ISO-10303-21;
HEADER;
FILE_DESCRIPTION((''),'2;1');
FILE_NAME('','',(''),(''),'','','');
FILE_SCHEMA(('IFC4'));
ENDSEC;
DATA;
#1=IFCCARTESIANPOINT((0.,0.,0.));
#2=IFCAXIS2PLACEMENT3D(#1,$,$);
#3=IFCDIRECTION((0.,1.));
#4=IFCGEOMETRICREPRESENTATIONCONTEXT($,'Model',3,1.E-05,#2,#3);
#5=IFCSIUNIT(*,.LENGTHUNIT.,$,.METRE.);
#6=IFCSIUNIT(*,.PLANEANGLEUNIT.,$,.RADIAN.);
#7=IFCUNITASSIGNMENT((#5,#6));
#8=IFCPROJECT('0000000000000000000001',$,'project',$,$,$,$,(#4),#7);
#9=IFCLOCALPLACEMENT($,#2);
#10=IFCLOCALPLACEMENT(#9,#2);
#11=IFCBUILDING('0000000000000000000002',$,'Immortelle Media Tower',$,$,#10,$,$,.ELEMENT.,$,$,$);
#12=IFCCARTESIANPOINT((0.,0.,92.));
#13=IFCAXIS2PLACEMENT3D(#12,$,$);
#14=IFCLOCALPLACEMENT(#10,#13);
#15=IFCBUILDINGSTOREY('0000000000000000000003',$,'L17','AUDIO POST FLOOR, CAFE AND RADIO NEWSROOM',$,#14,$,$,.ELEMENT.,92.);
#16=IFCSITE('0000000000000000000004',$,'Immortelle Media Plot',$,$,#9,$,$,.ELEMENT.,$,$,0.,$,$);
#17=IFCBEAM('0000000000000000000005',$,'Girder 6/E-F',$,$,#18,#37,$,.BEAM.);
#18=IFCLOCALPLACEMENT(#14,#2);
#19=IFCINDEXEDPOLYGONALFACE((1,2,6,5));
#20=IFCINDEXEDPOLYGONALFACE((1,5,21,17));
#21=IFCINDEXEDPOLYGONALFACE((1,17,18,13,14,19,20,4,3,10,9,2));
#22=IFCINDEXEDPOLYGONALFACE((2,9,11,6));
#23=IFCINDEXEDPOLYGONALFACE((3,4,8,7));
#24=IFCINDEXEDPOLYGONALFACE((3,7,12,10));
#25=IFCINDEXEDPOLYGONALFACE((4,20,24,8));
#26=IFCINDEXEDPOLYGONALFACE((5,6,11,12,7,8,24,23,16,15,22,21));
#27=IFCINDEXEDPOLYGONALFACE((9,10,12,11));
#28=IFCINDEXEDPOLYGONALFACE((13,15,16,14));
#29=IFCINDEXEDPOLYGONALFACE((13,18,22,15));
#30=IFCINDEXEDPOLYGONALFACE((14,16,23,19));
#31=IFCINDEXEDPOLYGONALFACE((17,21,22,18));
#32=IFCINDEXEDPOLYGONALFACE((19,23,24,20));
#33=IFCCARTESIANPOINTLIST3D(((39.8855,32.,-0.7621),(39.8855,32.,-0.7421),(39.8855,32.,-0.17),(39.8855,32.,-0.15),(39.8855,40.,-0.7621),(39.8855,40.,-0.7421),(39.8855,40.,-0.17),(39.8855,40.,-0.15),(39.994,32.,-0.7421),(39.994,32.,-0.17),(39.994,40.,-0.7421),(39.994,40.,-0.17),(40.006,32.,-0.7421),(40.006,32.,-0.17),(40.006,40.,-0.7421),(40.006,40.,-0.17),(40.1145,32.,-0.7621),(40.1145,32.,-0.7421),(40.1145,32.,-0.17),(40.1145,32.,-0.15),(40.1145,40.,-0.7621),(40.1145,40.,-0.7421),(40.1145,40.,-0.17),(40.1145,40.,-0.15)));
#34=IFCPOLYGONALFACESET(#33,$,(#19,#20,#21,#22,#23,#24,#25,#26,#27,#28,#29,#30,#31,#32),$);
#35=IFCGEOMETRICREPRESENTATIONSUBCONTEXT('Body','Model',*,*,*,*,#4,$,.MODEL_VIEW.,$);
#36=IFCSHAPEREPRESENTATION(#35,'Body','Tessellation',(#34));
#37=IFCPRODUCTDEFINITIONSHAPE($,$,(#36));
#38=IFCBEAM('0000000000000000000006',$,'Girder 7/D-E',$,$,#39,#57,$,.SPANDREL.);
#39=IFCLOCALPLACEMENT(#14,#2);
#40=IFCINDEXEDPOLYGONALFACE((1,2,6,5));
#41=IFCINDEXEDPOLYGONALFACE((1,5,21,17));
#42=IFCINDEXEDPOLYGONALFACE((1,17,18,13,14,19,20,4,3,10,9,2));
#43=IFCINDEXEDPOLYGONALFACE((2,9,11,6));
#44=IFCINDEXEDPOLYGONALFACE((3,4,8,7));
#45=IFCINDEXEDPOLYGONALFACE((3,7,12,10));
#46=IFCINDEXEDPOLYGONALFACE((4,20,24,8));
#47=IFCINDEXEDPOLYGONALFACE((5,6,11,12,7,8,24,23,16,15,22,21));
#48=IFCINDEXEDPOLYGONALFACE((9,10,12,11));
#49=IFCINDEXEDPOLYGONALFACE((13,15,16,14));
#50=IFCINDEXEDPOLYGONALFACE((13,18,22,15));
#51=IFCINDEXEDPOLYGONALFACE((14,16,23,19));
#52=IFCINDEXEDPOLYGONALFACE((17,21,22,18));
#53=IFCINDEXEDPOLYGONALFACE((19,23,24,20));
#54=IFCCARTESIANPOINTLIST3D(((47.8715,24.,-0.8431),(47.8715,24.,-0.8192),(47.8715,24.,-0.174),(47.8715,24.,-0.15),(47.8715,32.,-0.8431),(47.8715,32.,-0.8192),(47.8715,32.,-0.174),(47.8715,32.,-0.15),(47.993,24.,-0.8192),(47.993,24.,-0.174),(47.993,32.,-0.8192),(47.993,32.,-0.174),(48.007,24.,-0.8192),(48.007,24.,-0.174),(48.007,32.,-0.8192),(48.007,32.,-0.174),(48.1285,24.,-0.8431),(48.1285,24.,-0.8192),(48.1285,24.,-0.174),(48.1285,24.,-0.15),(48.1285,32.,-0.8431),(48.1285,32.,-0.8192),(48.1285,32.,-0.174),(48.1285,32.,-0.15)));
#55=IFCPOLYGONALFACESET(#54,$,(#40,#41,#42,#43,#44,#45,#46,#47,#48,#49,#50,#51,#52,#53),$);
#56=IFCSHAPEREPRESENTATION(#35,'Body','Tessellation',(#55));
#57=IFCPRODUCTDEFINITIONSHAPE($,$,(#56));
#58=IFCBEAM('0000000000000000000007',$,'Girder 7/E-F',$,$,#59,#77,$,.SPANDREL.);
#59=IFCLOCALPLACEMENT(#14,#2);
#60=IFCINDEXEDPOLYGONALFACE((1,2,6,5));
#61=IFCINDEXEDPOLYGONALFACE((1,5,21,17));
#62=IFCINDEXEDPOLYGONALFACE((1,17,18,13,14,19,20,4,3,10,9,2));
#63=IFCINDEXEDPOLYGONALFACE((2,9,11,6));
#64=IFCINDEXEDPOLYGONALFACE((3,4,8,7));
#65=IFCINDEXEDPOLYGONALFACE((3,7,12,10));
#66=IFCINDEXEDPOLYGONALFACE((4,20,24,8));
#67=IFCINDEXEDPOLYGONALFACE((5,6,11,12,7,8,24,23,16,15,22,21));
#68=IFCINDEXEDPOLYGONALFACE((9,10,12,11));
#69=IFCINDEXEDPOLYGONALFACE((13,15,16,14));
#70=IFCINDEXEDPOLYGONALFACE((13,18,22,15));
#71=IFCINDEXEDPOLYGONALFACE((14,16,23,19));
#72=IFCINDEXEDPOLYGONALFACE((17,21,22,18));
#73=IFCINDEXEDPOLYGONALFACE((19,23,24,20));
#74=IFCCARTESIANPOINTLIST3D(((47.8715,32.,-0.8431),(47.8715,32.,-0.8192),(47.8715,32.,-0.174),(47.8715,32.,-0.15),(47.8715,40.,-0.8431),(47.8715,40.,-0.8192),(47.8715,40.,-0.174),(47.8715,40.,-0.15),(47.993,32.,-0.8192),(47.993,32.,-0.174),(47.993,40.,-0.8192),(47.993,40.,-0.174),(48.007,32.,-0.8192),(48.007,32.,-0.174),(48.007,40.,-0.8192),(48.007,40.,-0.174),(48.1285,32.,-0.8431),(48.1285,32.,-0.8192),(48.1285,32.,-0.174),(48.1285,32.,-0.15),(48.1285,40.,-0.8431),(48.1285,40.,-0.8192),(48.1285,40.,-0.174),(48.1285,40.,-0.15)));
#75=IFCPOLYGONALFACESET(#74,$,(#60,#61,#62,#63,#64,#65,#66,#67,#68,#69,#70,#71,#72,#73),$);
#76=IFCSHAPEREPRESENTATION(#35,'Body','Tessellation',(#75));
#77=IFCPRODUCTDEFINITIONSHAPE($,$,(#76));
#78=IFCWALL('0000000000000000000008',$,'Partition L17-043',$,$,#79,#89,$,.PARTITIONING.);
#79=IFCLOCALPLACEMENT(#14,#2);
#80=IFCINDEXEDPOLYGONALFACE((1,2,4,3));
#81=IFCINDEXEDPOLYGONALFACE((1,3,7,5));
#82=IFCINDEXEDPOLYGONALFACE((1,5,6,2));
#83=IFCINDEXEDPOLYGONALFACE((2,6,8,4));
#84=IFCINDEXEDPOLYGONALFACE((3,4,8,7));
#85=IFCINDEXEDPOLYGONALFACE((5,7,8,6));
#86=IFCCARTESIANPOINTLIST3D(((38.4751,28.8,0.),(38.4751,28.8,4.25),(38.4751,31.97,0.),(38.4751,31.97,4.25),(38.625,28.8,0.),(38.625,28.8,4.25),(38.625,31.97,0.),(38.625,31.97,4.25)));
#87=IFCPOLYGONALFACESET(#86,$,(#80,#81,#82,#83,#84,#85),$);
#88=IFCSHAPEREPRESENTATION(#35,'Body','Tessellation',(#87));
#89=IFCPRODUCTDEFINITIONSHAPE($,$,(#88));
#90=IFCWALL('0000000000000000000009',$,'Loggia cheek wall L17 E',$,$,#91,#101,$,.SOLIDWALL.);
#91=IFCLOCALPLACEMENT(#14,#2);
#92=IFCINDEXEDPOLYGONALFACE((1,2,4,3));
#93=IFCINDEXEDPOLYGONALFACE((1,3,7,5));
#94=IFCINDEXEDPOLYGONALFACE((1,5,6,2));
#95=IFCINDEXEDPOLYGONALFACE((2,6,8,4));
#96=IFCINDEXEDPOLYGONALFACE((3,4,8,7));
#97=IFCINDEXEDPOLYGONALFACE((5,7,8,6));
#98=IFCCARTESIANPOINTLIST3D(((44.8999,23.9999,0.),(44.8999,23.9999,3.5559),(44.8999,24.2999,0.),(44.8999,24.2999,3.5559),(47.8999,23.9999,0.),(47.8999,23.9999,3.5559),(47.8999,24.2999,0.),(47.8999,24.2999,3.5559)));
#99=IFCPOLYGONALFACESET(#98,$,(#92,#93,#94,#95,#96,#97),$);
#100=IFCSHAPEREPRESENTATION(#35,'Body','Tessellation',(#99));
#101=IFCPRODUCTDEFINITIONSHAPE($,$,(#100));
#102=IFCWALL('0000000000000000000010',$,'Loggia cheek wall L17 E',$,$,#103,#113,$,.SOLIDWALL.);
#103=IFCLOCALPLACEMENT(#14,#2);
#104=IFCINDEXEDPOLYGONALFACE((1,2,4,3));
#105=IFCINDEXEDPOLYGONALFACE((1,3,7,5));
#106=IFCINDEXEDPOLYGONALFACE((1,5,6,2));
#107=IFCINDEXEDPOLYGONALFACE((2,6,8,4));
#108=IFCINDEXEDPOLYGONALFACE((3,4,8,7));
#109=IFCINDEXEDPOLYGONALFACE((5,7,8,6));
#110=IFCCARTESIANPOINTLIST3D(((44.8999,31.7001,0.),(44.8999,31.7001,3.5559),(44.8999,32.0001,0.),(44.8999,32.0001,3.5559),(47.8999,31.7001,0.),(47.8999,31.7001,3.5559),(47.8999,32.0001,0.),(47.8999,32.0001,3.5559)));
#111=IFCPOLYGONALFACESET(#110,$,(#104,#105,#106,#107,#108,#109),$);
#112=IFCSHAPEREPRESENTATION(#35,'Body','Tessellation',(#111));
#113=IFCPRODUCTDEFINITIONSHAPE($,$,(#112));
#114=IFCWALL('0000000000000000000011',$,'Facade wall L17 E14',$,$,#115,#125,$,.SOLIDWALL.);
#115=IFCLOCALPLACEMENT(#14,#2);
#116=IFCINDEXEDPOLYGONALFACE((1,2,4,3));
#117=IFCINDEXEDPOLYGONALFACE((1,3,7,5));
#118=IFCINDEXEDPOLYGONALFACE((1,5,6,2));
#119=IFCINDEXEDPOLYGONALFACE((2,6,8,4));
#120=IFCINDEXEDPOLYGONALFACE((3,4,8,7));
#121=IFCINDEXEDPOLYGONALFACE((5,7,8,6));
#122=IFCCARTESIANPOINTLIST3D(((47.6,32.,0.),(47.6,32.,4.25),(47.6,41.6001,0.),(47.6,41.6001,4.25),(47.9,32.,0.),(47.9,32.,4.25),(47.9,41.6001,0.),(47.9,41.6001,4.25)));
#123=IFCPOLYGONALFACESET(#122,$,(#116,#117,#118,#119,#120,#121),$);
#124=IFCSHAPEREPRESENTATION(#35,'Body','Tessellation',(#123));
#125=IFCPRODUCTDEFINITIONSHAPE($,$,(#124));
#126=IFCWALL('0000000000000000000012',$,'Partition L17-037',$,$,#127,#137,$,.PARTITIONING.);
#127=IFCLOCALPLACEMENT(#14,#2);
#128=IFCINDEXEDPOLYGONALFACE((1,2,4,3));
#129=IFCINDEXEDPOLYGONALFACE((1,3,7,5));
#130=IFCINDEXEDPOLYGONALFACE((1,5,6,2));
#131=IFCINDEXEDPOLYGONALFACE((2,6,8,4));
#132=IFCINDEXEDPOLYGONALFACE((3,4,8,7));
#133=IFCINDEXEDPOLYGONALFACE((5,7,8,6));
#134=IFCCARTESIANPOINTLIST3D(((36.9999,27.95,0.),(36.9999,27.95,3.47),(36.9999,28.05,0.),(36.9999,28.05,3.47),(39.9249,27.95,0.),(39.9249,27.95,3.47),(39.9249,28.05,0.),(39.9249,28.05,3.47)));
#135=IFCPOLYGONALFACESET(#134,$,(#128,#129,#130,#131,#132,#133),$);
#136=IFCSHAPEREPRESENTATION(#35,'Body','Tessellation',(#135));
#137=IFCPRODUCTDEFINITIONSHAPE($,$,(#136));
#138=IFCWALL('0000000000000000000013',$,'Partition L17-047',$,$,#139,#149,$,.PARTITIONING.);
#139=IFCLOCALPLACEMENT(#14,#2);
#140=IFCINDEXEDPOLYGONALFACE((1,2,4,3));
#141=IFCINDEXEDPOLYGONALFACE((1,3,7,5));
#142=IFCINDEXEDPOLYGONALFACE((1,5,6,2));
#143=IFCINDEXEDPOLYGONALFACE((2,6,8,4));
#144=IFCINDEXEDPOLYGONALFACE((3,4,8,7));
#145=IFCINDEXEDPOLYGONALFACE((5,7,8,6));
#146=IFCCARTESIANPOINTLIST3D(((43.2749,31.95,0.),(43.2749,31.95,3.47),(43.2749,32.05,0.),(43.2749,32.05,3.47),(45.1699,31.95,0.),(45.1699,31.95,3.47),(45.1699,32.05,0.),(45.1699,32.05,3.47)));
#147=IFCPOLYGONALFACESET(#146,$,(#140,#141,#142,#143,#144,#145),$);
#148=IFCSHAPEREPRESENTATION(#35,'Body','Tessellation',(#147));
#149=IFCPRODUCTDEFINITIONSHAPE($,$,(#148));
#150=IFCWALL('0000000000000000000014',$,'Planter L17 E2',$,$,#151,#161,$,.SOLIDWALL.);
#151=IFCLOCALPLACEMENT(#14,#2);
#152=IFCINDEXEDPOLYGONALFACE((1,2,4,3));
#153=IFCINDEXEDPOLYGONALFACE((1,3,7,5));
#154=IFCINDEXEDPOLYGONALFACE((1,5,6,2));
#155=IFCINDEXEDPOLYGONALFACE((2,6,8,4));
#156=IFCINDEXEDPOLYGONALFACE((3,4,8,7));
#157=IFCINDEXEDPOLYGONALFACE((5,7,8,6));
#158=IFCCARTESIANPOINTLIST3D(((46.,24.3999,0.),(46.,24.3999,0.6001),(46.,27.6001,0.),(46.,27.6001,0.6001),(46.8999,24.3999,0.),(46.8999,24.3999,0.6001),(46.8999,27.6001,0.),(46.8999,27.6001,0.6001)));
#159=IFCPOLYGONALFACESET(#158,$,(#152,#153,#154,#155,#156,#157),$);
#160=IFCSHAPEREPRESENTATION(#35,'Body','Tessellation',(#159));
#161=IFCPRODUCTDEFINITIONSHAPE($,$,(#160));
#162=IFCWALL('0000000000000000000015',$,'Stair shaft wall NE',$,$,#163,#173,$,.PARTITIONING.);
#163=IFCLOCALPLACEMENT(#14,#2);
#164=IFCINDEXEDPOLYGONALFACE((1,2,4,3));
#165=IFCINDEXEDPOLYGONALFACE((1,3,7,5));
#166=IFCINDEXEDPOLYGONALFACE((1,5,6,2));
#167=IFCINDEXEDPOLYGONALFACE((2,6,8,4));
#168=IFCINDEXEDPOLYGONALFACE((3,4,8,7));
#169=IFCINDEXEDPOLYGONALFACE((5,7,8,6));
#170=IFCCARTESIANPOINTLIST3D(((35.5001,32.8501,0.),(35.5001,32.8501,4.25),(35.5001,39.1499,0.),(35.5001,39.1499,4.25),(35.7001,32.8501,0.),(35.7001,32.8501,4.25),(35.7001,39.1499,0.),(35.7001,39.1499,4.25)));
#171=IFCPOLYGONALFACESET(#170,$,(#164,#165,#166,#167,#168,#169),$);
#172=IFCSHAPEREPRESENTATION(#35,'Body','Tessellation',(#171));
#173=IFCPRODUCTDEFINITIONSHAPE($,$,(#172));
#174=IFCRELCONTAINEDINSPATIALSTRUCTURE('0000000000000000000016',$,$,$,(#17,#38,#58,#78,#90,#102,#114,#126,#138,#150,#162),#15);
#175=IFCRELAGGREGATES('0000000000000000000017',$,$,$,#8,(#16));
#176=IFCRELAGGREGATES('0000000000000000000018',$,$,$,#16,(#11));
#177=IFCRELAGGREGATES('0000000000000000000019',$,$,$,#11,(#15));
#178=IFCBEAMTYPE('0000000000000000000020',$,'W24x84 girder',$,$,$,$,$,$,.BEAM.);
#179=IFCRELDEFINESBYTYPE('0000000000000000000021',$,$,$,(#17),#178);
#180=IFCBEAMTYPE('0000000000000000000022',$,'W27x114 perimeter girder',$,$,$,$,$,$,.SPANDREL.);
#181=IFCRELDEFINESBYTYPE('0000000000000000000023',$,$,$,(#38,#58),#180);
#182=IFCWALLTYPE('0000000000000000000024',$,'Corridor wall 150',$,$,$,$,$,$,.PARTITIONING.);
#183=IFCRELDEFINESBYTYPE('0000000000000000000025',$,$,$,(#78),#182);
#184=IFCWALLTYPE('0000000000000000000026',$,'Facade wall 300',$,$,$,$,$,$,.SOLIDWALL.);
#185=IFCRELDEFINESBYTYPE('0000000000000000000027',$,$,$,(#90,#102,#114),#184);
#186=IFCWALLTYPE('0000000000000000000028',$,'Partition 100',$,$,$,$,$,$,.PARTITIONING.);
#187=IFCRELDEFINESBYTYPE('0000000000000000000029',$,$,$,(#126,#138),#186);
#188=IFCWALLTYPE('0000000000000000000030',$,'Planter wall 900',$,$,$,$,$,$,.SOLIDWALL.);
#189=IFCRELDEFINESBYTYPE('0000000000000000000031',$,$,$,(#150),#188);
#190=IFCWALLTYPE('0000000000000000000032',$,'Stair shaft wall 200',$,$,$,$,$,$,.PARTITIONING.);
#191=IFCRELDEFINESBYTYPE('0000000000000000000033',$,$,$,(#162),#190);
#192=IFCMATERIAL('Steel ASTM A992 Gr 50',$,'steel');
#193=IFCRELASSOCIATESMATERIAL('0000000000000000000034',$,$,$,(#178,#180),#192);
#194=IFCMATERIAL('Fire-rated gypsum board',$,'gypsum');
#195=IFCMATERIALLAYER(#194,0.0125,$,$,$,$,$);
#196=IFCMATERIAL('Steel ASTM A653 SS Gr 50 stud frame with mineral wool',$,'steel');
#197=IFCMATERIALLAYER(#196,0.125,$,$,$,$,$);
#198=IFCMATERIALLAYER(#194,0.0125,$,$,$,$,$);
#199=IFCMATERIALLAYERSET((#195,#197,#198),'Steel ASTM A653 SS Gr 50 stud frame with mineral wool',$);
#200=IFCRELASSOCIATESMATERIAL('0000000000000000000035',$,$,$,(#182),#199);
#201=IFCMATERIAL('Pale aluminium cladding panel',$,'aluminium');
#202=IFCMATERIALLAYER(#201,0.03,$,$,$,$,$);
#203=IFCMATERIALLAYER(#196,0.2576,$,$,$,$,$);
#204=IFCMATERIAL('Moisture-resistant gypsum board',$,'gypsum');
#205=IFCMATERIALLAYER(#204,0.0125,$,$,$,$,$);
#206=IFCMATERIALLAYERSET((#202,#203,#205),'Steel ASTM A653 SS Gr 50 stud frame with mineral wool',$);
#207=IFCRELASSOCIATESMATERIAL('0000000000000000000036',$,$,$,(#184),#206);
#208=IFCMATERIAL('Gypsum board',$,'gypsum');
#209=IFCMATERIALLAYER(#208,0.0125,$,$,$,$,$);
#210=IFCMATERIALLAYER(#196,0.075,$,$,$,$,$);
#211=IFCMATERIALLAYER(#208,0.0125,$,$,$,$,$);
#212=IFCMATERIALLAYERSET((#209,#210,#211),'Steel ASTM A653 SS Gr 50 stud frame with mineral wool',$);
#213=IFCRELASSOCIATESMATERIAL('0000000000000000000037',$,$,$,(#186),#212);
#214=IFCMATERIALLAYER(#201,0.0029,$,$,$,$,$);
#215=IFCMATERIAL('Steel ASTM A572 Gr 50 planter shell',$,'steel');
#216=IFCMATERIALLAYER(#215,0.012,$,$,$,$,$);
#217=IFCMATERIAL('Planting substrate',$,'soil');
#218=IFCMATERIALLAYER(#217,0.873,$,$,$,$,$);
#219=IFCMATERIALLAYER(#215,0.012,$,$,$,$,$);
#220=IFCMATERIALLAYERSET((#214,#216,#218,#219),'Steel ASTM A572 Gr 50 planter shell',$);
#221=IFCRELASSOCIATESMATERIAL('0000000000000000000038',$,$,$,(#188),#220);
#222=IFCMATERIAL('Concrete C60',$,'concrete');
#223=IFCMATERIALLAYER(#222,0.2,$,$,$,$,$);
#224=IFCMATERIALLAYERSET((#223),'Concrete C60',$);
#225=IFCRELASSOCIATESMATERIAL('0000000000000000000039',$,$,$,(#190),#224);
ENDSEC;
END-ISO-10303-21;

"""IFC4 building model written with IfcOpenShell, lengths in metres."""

from ifc_helpers import new_model, si_unit, direction, frame, frame_2d, origin, origin_2d, place, context, subcontext, project, spatial, rectangle, i_section, extrude, material, layer, layer_set, material_profile, profile_set, type_object, element, save


model = new_model("IFC4")

# Units and contexts
model_context = context("Model", 3, precision=1e-05, world=origin(), true_north=direction((0.0, 1.0)))
body_context = subcontext(model_context, "Body", "Model", "MODEL_VIEW")
ifc_project = project(units=[si_unit("LENGTHUNIT", "METRE"), si_unit("PLANEANGLEUNIT", "RADIAN")], contexts=[model_context])

# Site, building, storey
site_placement = place(None, origin())
site = spatial("IfcSite", under=ifc_project, at=site_placement, Name="Immortelle Media Plot", CompositionType="ELEMENT", RefElevation=0.0)
building_placement = place(site_placement, origin())
building = spatial("IfcBuilding", under=site, at=building_placement, Name="Immortelle Media Tower", CompositionType="ELEMENT")
storey_placement = place(building_placement, frame((0.0, 0.0, 92.0)))
storey = spatial("IfcBuildingStorey", under=building, at=storey_placement, Name="L17", Description="AUDIO POST FLOOR, CAFE AND RADIO NEWSROOM", CompositionType="ELEMENT", Elevation=92.0)

# Shared definitions
ifc_material_1 = material(Name="Steel ASTM A992 Gr 50", Category="steel")

# Beams
ifc_material_profile_1 = material_profile(ifc_material_1, i_section(OverallWidth=0.229, OverallDepth=0.6121, WebThickness=0.012, FlangeThickness=0.02, at=origin_2d()), Name="W24x84")
ifc_profile_set_1 = profile_set([ifc_material_profile_1], Name="Steel ASTM A992 Gr 50")
beam_type_1 = type_object("IfcBeamType", Name="W24x84 girder", PredefinedType="BEAM", material=ifc_profile_set_1)
for number, where, z_axis, x_axis, name in (
    (1, (40.0, 32.0, -0.4561), (0.0, 1.0, 0.0), (-1.0, 0.0, 0.0), "Girder 6/E-F"),
):
    element("IfcBeam", number, at=place(storey_placement, frame(where, z_axis=z_axis, x_axis=x_axis)), inside=storey, type_object=beam_type_1, Name=name, PredefinedType="BEAM", context=body_context, shape_type="SweptSolid", body=[
        extrude(i_section(OverallWidth=0.229, OverallDepth=0.6121, WebThickness=0.012, FlangeThickness=0.02, at=origin_2d()), origin(), (0.0, 0.0, 1.0), 8.0),
    ])
ifc_material_profile_2 = material_profile(ifc_material_1, i_section(OverallWidth=0.2571, OverallDepth=0.6931, WebThickness=0.0139, FlangeThickness=0.0239, at=origin_2d()), Name="W27x114")
ifc_profile_set_2 = profile_set([ifc_material_profile_2], Name="Steel ASTM A992 Gr 50")
beam_type_2 = type_object("IfcBeamType", Name="W27x114 perimeter girder", PredefinedType="SPANDREL", material=ifc_profile_set_2)
for number, where, z_axis, x_axis, name in (
    (2, (48.0, 24.0, -0.4966), (0.0, 1.0, 0.0), (-1.0, 0.0, 0.0), "Girder 7/D-E"),
    (3, (48.0, 32.0, -0.4966), (0.0, 1.0, 0.0), (-1.0, 0.0, 0.0), "Girder 7/E-F"),
):
    element("IfcBeam", number, at=place(storey_placement, frame(where, z_axis=z_axis, x_axis=x_axis)), inside=storey, type_object=beam_type_2, Name=name, PredefinedType="SPANDREL", context=body_context, shape_type="SweptSolid", body=[
        extrude(i_section(OverallWidth=0.2571, OverallDepth=0.6931, WebThickness=0.0139, FlangeThickness=0.0239, at=origin_2d()), origin(), (0.0, 0.0, 1.0), 8.0),
    ])

# Wall
ifc_material_2 = material(Name="Fire-rated gypsum board", Category="gypsum")
ifc_layer_1 = layer(ifc_material_2, 0.0125)
ifc_material_3 = material(Name="Steel ASTM A653 SS Gr 50 stud frame with mineral wool", Category="steel")
ifc_layer_2 = layer(ifc_material_3, 0.125)
ifc_layer_3 = layer(ifc_material_2, 0.0125)
ifc_layer_set_1 = layer_set([ifc_layer_1, ifc_layer_2, ifc_layer_3], Name="Steel ASTM A653 SS Gr 50 stud frame with mineral wool")
wall_type_1 = type_object("IfcWallType", Name="Corridor wall 150", PredefinedType="PARTITIONING", material=ifc_layer_set_1)
wall_1_placement = place(storey_placement, frame((38.55, 28.8, 0.0), z_axis=(0.0, 0.0, 1.0), x_axis=(0.0, 1.0, 0.0)))
element("IfcWall", 4, at=wall_1_placement, inside=storey, type_object=wall_type_1, Name="Partition L17-043", PredefinedType="PARTITIONING", context=body_context, shape_type="SweptSolid", body=[
    extrude(rectangle(XDim=3.1699, YDim=0.1499, at=frame_2d((1.585, 0.0))), origin(), (0.0, 0.0, 1.0), 4.25),
])

# Shared definitions
ifc_material_4 = material(Name="Pale aluminium cladding panel", Category="aluminium")
ifc_layer_4 = layer(ifc_material_4, 0.03)
ifc_layer_5 = layer(ifc_material_3, 0.2576)
ifc_material_5 = material(Name="Moisture-resistant gypsum board", Category="gypsum")
ifc_layer_6 = layer(ifc_material_5, 0.0125)
ifc_layer_set_2 = layer_set([ifc_layer_4, ifc_layer_5, ifc_layer_6], Name="Steel ASTM A653 SS Gr 50 stud frame with mineral wool")
wall_type_2 = type_object("IfcWallType", Name="Facade wall 300", PredefinedType="SOLIDWALL", material=ifc_layer_set_2)

# Walls
for number, where, z_axis, x_axis, name in (
    (5, (47.8999, 24.1499, 0.0), (0.0, 0.0, 1.0), (-1.0, 0.0, 0.0), "Loggia cheek wall L17 E"),
    (6, (47.8999, 31.8501, 0.0), (0.0, 0.0, 1.0), (-1.0, 0.0, 0.0), "Loggia cheek wall L17 E"),
):
    element("IfcWall", number, at=place(storey_placement, frame(where, z_axis=z_axis, x_axis=x_axis)), inside=storey, type_object=wall_type_2, Name=name, PredefinedType="SOLIDWALL", context=body_context, shape_type="SweptSolid", body=[
        extrude(rectangle(XDim=3.0, YDim=0.3, at=frame_2d((1.5, 0.0))), origin(), (0.0, 0.0, 1.0), 3.5559),
    ])
wall_2_placement = place(storey_placement, frame((47.75, 32.0, 0.0), z_axis=(0.0, 0.0, 1.0), x_axis=(0.0, 1.0, 0.0)))
element("IfcWall", 7, at=wall_2_placement, inside=storey, type_object=wall_type_2, Name="Facade wall L17 E14", PredefinedType="SOLIDWALL", context=body_context, shape_type="SweptSolid", body=[
    extrude(rectangle(XDim=9.6001, YDim=0.3, at=frame_2d((4.8, 0.0))), origin(), (0.0, 0.0, 1.0), 4.25),
])
ifc_material_6 = material(Name="Gypsum board", Category="gypsum")
ifc_layer_7 = layer(ifc_material_6, 0.0125)
ifc_layer_8 = layer(ifc_material_3, 0.075)
ifc_layer_9 = layer(ifc_material_6, 0.0125)
ifc_layer_set_3 = layer_set([ifc_layer_7, ifc_layer_8, ifc_layer_9], Name="Steel ASTM A653 SS Gr 50 stud frame with mineral wool")
wall_type_3 = type_object("IfcWallType", Name="Partition 100", PredefinedType="PARTITIONING", material=ifc_layer_set_3)
wall_3_placement = place(storey_placement, frame((37.0, 28.0, 0.0), z_axis=(0.0, 0.0, 1.0), x_axis=(1.0, 0.0, 0.0)))
element("IfcWall", 8, at=wall_3_placement, inside=storey, type_object=wall_type_3, Name="Partition L17-037", PredefinedType="PARTITIONING", context=body_context, shape_type="SweptSolid", body=[
    extrude(rectangle(XDim=2.925, YDim=0.1001, at=frame_2d((1.4624, 0.0))), origin(), (0.0, 0.0, 1.0), 3.47),
])
wall_4_placement = place(storey_placement, frame((43.2749, 32.0, 0.0), z_axis=(0.0, 0.0, 1.0), x_axis=(1.0, 0.0, 0.0)))
element("IfcWall", 9, at=wall_4_placement, inside=storey, type_object=wall_type_3, Name="Partition L17-047", PredefinedType="PARTITIONING", context=body_context, shape_type="SweptSolid", body=[
    extrude(rectangle(XDim=1.895, YDim=0.1001, at=frame_2d((0.9475, 0.0))), origin(), (0.0, 0.0, 1.0), 3.47),
])
ifc_layer_10 = layer(ifc_material_4, 0.0029)
ifc_material_7 = material(Name="Steel ASTM A572 Gr 50 planter shell", Category="steel")
ifc_layer_11 = layer(ifc_material_7, 0.012)
ifc_material_8 = material(Name="Planting substrate", Category="soil")
ifc_layer_12 = layer(ifc_material_8, 0.873)
ifc_layer_13 = layer(ifc_material_7, 0.012)
ifc_layer_set_4 = layer_set([ifc_layer_10, ifc_layer_11, ifc_layer_12, ifc_layer_13], Name="Steel ASTM A572 Gr 50 planter shell")
wall_type_4 = type_object("IfcWallType", Name="Planter wall 900", PredefinedType="SOLIDWALL", material=ifc_layer_set_4)
wall_5_placement = place(storey_placement, frame((46.45, 24.3999, 0.0), z_axis=(0.0, 0.0, 1.0), x_axis=(0.0, 1.0, 0.0)))
element("IfcWall", 10, at=wall_5_placement, inside=storey, type_object=wall_type_4, Name="Planter L17 E2", PredefinedType="SOLIDWALL", context=body_context, shape_type="SweptSolid", body=[
    extrude(rectangle(XDim=3.2002, YDim=0.8999, at=frame_2d((1.6001, 0.0))), origin(), (0.0, 0.0, 1.0), 0.6001),
])
ifc_material_9 = material(Name="Concrete C60", Category="concrete")
ifc_layer_14 = layer(ifc_material_9, 0.2)
ifc_layer_set_5 = layer_set([ifc_layer_14], Name="Concrete C60")
wall_type_5 = type_object("IfcWallType", Name="Stair shaft wall 200", PredefinedType="PARTITIONING", material=ifc_layer_set_5)
for number, where, z_axis, x_axis, name in (
    (11, (35.6001, 32.8501, 0.0), (0.0, 0.0, 1.0), (0.0, 1.0, 0.0), "Stair shaft wall NE"),
):
    element("IfcWall", number, at=place(storey_placement, frame(where, z_axis=z_axis, x_axis=x_axis)), inside=storey, type_object=wall_type_5, Name=name, PredefinedType="PARTITIONING", context=body_context, shape_type="SweptSolid", body=[
        extrude(rectangle(XDim=6.2998, YDim=0.2, at=frame_2d((3.1499, 0.0))), origin(), (0.0, 0.0, 1.0), 4.25),
    ])

save(model, "model.ifc")
